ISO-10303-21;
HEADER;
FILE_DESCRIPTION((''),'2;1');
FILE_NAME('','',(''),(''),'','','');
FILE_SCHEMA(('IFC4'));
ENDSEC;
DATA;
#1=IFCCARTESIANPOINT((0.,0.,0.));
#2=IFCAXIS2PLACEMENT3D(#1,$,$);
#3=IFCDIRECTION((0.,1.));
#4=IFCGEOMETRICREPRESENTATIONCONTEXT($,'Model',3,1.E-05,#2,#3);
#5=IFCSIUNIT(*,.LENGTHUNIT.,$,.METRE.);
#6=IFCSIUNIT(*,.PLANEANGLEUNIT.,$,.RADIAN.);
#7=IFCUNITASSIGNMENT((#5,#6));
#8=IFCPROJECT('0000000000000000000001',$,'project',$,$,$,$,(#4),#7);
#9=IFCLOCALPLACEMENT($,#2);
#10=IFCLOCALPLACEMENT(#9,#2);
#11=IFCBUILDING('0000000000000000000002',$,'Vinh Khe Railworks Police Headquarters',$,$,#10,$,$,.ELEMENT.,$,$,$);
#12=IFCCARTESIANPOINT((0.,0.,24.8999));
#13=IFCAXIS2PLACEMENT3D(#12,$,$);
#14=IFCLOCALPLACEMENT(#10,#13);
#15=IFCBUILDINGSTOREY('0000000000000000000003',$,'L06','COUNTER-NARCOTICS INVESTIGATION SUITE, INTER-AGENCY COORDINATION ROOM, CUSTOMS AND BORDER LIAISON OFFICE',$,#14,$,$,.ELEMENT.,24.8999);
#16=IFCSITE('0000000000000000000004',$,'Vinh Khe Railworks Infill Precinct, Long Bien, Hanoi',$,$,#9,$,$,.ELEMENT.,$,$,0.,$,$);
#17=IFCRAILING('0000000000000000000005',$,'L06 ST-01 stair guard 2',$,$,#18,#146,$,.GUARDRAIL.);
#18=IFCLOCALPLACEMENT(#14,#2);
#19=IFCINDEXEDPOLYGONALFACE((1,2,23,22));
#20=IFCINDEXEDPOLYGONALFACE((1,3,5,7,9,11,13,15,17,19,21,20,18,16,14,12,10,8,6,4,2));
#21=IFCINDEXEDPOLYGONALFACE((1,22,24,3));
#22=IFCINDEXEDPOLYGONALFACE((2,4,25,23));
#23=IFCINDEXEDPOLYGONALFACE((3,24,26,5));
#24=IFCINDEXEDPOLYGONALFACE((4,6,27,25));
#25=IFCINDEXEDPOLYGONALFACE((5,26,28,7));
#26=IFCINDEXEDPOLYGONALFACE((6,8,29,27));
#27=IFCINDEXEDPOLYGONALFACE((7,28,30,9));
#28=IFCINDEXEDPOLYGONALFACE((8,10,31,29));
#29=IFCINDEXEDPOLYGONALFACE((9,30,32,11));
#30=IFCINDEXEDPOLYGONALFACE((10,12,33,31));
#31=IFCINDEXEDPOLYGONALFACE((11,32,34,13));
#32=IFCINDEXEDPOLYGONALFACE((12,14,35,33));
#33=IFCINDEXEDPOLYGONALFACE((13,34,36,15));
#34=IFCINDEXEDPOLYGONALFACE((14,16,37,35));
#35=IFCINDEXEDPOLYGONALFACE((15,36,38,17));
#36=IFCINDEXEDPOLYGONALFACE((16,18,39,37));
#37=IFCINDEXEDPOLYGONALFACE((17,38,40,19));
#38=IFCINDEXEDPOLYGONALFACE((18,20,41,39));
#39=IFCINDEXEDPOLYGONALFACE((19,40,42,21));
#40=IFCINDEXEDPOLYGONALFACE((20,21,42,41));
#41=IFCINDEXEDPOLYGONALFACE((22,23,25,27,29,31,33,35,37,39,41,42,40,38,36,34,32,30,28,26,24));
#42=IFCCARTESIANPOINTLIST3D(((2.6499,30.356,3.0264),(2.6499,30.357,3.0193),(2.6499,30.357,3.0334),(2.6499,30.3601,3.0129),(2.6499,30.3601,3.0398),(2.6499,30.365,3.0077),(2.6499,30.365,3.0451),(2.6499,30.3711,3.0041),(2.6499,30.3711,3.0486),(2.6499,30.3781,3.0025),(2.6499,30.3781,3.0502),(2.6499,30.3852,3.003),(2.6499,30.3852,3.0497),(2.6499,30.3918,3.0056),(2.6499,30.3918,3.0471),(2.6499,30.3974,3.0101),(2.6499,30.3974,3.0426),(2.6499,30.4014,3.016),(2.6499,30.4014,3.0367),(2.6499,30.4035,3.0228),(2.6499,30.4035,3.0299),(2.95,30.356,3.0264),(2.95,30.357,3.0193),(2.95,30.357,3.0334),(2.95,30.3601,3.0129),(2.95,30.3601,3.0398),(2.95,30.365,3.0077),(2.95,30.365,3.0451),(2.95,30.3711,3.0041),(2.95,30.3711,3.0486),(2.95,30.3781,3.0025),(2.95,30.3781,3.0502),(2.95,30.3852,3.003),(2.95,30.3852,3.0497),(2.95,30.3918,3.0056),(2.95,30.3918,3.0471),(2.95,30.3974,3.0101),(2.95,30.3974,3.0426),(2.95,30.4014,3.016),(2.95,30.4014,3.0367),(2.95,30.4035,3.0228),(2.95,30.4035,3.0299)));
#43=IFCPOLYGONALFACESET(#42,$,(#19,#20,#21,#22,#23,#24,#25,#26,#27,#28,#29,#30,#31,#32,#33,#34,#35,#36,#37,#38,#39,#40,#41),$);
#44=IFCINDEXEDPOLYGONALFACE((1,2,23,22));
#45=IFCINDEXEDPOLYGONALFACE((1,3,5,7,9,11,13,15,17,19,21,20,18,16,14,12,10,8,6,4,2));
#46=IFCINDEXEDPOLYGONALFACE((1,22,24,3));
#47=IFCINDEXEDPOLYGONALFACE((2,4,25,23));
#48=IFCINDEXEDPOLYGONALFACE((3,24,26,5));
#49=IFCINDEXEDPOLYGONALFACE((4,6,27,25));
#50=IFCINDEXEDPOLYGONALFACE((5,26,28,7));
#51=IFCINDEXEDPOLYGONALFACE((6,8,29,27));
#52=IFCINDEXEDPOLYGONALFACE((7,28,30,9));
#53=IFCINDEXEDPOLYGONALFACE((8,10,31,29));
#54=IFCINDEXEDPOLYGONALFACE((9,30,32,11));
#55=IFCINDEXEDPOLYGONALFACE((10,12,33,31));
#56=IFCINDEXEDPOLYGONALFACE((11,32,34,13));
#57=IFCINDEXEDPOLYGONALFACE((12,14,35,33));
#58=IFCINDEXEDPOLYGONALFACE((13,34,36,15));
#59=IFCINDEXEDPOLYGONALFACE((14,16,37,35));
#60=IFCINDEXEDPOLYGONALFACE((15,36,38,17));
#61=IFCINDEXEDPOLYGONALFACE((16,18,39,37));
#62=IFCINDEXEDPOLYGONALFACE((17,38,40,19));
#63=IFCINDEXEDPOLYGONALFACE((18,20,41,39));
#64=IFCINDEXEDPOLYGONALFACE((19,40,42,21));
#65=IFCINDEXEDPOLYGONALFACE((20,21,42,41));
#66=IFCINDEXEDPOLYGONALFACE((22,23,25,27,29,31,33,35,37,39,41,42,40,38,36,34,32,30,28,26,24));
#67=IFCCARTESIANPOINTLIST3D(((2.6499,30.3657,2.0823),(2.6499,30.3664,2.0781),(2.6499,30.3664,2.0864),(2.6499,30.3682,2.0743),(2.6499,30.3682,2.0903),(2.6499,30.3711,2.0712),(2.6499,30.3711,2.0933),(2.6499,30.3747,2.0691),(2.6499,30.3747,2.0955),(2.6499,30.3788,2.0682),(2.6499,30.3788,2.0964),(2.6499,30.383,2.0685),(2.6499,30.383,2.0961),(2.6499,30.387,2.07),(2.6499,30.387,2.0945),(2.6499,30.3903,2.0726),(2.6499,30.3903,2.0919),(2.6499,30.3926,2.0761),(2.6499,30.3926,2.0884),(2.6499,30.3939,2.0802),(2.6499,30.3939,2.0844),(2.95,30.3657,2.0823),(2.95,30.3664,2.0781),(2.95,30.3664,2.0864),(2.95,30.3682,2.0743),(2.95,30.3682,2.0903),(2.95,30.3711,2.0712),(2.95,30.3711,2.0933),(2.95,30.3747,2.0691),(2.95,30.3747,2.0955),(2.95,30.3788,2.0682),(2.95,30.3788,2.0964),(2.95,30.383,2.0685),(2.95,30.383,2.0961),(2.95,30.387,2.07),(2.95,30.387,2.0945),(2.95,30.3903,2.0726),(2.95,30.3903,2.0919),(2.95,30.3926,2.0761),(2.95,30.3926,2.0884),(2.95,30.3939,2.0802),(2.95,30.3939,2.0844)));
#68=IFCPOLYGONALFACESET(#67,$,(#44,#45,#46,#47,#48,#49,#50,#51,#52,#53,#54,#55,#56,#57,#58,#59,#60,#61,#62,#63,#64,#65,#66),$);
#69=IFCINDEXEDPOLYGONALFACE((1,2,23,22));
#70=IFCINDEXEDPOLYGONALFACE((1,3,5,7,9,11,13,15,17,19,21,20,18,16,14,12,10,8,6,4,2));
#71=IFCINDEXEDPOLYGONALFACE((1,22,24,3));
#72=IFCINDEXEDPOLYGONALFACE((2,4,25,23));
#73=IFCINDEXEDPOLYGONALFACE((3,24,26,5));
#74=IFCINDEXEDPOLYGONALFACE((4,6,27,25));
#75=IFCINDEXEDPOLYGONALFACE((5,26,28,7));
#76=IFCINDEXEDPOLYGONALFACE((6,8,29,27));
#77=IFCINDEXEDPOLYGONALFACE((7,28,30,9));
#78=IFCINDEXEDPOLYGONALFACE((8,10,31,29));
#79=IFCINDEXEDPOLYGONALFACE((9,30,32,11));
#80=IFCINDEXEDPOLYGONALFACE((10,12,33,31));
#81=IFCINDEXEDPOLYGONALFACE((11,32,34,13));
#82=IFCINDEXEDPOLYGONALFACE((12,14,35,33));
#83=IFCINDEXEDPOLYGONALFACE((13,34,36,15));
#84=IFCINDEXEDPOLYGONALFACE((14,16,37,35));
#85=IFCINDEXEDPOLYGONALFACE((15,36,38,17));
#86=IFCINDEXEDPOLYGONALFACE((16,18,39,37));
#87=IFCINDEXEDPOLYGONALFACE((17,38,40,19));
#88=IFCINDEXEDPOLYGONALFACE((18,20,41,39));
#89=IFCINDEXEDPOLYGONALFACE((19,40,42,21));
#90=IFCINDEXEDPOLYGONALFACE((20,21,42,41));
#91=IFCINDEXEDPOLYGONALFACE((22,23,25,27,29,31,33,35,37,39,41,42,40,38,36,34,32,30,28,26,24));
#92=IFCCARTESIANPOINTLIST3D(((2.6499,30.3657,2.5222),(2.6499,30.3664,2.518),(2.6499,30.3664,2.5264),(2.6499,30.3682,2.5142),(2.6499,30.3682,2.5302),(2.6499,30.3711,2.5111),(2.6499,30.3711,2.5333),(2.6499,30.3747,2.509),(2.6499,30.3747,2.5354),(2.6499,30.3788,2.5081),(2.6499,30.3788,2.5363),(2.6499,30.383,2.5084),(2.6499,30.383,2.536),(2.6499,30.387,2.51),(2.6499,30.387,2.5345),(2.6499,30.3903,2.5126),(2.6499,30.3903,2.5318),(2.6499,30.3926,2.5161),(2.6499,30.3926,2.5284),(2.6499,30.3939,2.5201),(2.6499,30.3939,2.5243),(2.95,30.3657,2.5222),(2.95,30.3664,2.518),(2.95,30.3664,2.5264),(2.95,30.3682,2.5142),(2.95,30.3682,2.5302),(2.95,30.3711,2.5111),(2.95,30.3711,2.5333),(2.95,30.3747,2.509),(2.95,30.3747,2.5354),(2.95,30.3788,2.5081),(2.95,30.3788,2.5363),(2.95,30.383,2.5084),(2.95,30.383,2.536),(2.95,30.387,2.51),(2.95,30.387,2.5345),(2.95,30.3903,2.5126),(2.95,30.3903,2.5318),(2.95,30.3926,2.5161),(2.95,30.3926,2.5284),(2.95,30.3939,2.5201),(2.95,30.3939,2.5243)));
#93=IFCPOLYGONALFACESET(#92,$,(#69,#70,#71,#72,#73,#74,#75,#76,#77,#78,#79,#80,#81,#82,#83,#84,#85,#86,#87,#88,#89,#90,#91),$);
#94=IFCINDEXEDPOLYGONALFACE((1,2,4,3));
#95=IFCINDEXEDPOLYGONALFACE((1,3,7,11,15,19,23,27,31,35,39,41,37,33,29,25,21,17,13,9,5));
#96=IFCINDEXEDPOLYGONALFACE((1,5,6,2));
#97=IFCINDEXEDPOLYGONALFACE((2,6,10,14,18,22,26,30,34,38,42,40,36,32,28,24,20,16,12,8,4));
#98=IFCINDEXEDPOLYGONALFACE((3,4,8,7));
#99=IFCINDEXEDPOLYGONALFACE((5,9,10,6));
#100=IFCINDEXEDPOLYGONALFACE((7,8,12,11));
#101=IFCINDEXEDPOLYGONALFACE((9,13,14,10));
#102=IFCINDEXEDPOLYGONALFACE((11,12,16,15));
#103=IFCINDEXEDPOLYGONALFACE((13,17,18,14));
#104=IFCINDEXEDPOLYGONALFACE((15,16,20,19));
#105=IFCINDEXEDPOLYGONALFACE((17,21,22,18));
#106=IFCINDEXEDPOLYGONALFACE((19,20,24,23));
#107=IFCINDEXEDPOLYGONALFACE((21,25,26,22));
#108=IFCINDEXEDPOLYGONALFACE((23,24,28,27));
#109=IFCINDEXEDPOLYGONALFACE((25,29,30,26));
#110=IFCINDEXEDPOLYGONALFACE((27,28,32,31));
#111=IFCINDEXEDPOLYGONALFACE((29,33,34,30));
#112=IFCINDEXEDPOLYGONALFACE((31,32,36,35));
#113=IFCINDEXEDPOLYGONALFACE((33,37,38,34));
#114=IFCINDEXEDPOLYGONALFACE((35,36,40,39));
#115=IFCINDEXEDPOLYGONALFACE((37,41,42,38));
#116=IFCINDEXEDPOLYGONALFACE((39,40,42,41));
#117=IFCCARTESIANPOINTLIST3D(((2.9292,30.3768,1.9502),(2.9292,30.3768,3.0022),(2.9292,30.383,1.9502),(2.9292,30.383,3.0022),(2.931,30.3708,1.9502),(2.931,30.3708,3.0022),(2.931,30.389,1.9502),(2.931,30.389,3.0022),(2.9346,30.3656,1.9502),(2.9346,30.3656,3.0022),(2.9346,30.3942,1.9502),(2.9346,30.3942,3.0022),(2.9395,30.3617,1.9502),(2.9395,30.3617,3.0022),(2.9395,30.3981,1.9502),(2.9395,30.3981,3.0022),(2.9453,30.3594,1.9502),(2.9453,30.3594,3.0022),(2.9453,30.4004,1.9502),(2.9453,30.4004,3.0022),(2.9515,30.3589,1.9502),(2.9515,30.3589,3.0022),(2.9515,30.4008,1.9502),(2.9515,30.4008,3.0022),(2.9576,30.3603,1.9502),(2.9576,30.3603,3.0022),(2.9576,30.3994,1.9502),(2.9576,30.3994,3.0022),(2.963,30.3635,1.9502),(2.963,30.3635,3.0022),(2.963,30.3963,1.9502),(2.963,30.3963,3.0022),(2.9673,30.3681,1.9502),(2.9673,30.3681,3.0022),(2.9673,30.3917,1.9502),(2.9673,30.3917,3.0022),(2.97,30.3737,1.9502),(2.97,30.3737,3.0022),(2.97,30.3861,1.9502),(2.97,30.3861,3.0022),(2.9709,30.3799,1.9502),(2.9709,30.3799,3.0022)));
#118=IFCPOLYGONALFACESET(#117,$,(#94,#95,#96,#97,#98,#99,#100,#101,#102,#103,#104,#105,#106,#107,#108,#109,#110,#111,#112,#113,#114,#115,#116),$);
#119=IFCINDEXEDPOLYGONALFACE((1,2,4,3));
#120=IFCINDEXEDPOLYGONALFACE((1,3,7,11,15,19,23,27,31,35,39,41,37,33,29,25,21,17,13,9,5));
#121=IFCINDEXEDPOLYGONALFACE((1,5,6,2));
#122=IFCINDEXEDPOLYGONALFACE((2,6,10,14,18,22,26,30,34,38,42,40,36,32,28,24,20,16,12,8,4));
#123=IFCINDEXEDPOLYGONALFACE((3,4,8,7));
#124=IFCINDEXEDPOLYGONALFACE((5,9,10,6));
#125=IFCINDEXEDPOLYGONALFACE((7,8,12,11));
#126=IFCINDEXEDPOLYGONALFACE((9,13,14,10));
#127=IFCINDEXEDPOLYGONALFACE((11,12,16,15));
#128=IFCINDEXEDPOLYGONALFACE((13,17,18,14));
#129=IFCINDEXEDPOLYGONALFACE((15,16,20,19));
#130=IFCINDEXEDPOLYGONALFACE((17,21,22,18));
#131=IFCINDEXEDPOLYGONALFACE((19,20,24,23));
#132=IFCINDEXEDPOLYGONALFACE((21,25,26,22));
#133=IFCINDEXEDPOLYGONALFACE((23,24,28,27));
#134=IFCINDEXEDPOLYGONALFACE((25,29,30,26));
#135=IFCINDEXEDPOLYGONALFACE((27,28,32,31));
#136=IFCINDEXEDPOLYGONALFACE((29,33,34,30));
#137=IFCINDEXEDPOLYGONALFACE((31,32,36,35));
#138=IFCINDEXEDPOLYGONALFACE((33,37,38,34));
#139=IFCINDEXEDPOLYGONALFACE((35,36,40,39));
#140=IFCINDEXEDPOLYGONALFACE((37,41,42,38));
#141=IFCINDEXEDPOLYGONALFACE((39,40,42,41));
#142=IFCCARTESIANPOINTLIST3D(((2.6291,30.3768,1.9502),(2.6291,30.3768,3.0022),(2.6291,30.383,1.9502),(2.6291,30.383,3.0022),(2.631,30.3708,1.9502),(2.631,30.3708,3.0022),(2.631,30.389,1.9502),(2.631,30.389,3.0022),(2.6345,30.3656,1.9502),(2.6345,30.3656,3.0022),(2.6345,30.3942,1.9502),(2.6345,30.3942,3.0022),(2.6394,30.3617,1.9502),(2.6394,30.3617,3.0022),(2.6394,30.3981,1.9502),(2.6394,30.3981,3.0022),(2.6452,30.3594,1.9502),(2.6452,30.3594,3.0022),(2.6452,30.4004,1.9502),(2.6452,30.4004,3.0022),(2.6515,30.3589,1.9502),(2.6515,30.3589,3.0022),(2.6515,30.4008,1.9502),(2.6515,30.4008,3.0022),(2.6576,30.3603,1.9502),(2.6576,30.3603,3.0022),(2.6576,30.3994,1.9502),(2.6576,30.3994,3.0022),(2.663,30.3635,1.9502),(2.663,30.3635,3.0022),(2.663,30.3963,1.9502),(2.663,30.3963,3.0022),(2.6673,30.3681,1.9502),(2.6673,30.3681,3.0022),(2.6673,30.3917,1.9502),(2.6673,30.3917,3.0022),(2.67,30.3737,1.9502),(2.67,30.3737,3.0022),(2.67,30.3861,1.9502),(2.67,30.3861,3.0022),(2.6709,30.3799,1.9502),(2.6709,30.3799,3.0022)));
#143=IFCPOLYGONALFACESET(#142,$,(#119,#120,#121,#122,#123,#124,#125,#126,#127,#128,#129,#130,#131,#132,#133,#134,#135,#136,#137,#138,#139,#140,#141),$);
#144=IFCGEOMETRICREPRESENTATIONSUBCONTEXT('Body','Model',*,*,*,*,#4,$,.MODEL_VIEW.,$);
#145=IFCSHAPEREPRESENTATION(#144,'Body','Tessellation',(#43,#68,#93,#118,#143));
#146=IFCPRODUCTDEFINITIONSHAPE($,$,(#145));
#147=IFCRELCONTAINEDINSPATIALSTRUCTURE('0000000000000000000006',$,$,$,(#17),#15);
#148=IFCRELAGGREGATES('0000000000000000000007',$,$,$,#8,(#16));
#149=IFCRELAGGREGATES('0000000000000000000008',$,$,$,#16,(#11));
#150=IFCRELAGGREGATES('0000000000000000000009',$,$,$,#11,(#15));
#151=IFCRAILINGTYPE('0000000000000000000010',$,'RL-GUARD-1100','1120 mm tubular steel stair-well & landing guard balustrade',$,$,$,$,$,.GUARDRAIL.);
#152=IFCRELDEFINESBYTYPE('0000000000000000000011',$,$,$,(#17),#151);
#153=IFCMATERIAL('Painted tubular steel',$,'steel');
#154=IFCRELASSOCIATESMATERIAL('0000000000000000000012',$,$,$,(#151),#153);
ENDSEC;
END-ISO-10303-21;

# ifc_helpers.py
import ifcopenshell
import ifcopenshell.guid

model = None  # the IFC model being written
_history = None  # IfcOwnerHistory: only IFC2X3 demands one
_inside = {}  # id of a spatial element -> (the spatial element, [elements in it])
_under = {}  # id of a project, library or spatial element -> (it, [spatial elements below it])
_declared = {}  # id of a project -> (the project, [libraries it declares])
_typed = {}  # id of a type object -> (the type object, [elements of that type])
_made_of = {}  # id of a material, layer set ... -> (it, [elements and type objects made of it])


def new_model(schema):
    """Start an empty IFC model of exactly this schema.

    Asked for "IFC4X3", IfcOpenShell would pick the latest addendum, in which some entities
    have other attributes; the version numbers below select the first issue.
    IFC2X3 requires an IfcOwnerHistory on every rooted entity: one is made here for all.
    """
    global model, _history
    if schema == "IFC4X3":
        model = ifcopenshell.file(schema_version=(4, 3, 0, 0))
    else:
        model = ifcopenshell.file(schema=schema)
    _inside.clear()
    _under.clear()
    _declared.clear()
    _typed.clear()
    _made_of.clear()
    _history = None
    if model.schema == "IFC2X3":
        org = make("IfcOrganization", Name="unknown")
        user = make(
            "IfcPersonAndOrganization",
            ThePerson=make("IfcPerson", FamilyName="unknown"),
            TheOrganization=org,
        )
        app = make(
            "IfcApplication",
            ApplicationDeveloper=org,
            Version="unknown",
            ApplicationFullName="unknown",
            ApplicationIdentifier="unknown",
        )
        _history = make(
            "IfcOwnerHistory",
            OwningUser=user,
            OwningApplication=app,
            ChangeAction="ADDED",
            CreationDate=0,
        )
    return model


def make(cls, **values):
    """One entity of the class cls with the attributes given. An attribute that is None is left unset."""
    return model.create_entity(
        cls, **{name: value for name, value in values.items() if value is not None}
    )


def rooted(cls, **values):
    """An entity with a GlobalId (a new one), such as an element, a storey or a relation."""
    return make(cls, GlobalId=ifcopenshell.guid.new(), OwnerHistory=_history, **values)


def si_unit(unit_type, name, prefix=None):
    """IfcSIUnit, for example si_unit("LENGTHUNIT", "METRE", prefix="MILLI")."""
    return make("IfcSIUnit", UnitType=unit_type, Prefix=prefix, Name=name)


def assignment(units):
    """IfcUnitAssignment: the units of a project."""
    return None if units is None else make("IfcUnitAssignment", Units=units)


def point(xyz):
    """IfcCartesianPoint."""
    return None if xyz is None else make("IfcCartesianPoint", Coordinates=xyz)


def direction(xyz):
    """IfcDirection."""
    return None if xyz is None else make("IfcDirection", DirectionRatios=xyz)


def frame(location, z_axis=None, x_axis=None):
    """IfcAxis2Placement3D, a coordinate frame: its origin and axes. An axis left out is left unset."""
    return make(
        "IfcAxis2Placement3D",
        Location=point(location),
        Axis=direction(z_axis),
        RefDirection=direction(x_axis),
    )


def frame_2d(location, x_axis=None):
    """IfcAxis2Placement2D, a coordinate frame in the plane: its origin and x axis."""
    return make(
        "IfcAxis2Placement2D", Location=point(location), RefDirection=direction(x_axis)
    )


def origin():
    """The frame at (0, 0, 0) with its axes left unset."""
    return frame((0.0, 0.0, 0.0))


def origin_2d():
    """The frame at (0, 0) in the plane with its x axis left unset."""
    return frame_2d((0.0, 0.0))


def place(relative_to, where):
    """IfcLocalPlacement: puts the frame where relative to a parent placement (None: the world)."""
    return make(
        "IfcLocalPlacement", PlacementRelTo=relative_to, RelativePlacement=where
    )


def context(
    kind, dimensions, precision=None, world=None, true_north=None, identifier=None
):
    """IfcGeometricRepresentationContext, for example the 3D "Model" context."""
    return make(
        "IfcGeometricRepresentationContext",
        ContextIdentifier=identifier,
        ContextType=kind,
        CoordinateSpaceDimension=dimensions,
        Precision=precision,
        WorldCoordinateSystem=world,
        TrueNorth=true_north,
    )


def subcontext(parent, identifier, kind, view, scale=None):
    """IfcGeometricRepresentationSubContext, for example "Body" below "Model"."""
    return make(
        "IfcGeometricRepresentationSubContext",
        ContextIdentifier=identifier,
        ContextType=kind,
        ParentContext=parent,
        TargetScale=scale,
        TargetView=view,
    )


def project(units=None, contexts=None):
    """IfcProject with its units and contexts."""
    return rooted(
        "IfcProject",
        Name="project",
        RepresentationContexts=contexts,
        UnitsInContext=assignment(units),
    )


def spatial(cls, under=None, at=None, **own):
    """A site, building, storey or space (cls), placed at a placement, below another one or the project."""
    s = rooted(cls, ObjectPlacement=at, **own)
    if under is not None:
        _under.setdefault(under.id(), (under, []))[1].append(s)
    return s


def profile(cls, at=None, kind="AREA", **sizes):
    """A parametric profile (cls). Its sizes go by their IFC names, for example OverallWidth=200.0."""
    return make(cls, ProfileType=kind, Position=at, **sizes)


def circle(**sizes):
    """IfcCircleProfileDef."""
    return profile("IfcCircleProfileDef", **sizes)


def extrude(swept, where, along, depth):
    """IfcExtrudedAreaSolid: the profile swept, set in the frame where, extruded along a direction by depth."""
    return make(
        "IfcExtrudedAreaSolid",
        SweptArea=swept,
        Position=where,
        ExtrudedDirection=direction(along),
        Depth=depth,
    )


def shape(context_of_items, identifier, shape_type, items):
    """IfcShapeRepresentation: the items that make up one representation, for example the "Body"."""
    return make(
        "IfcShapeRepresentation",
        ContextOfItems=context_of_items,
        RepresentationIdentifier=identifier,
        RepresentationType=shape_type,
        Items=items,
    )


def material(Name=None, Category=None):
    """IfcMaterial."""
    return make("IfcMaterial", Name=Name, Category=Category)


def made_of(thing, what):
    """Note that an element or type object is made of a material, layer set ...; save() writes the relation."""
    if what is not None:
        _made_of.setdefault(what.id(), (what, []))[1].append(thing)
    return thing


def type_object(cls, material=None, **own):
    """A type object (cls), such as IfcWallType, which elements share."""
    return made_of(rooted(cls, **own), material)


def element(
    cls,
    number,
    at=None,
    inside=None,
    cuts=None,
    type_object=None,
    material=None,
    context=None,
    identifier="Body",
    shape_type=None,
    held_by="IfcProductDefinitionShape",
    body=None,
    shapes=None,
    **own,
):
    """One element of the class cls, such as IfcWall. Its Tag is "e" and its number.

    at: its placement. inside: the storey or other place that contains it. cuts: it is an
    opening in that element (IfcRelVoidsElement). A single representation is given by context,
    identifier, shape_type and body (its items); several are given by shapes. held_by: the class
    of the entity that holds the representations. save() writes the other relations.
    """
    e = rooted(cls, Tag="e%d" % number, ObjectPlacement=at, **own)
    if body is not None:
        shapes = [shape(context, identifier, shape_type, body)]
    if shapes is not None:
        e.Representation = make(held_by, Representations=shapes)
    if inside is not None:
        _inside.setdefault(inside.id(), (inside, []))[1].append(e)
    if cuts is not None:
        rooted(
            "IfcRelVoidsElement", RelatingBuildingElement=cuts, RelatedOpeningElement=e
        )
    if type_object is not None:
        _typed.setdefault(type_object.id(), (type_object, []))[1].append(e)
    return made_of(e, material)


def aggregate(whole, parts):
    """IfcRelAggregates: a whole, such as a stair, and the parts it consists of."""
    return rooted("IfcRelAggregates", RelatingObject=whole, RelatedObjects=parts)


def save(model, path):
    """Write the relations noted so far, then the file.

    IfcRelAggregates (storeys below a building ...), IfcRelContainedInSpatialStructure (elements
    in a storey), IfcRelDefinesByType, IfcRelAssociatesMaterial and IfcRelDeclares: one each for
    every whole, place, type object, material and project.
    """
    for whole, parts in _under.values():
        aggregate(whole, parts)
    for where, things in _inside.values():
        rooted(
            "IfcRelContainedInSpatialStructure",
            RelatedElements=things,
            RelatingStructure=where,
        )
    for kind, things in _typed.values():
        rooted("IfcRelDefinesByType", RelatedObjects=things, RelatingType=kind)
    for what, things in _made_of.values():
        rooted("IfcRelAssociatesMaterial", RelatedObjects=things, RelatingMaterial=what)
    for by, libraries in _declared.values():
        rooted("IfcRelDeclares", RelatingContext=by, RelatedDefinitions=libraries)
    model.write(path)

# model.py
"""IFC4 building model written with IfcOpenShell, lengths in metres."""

from ifc_helpers import new_model, si_unit, direction, frame, origin, origin_2d, place, context, subcontext, project, spatial, circle, extrude, material, type_object, element, save


model = new_model("IFC4")

# Units and contexts
model_context = context("Model", 3, precision=1e-05, world=origin(), true_north=direction((0.0, 1.0)))
body_context = subcontext(model_context, "Body", "Model", "MODEL_VIEW")
ifc_project = project(units=[si_unit("LENGTHUNIT", "METRE"), si_unit("PLANEANGLEUNIT", "RADIAN")], contexts=[model_context])

# Site, building, storey
site_placement = place(None, origin())
site = spatial("IfcSite", under=ifc_project, at=site_placement, Name="Vinh Khe Railworks Infill Precinct, Long Bien, Hanoi", CompositionType="ELEMENT", RefElevation=0.0)
building_placement = place(site_placement, origin())
building = spatial("IfcBuilding", under=site, at=building_placement, Name="Vinh Khe Railworks Police Headquarters", CompositionType="ELEMENT")
storey_placement = place(building_placement, frame((0.0, 0.0, 24.8999)))
storey = spatial("IfcBuildingStorey", under=building, at=storey_placement, Name="L06", Description="COUNTER-NARCOTICS INVESTIGATION SUITE, INTER-AGENCY COORDINATION ROOM, CUSTOMS AND BORDER LIAISON OFFICE", CompositionType="ELEMENT", Elevation=24.8999)

# Railing
ifc_material_1 = material(Name="Painted tubular steel", Category="steel")
railing_type_1 = type_object("IfcRailingType", Name="RL-GUARD-1100", Description="1120 mm tubular steel stair-well & landing guard balustrade", PredefinedType="GUARDRAIL", material=ifc_material_1)
railing_1_placement = place(storey_placement, frame((2.95, 30.3799, 1.9502)))
element("IfcRailing", 1, at=railing_1_placement, inside=storey, type_object=railing_type_1, Name="L06 ST-01 stair guard 2", PredefinedType="GUARDRAIL", context=body_context, shape_type="SweptSolid", body=[
    extrude(circle(Radius=0.0239, at=origin_2d()), frame((0.0, 0.0, 1.0762), z_axis=(-1.0, 0.0, 0.0), x_axis=(0.0, -1.0, 0.0)), (0.0, 0.0, 1.0), 0.3),
    extrude(circle(Radius=0.0142, at=origin_2d()), frame((0.0, 0.0, 0.1321), z_axis=(-1.0, 0.0, 0.0), x_axis=(0.0, -1.0, 0.0)), (0.0, 0.0, 1.0), 0.3),
    extrude(circle(Radius=0.0142, at=origin_2d()), frame((0.0, 0.0, 0.572), z_axis=(-1.0, 0.0, 0.0), x_axis=(0.0, -1.0, 0.0)), (0.0, 0.0, 1.0), 0.3),
    extrude(circle(Radius=0.021, at=origin_2d()), origin(), (0.0, 0.0, 1.0), 1.052),
    extrude(circle(Radius=0.021, at=origin_2d()), frame((-0.3, 0.0, 0.0)), (0.0, 0.0, 1.0), 1.052),
])

save(model, "model.ifc")
